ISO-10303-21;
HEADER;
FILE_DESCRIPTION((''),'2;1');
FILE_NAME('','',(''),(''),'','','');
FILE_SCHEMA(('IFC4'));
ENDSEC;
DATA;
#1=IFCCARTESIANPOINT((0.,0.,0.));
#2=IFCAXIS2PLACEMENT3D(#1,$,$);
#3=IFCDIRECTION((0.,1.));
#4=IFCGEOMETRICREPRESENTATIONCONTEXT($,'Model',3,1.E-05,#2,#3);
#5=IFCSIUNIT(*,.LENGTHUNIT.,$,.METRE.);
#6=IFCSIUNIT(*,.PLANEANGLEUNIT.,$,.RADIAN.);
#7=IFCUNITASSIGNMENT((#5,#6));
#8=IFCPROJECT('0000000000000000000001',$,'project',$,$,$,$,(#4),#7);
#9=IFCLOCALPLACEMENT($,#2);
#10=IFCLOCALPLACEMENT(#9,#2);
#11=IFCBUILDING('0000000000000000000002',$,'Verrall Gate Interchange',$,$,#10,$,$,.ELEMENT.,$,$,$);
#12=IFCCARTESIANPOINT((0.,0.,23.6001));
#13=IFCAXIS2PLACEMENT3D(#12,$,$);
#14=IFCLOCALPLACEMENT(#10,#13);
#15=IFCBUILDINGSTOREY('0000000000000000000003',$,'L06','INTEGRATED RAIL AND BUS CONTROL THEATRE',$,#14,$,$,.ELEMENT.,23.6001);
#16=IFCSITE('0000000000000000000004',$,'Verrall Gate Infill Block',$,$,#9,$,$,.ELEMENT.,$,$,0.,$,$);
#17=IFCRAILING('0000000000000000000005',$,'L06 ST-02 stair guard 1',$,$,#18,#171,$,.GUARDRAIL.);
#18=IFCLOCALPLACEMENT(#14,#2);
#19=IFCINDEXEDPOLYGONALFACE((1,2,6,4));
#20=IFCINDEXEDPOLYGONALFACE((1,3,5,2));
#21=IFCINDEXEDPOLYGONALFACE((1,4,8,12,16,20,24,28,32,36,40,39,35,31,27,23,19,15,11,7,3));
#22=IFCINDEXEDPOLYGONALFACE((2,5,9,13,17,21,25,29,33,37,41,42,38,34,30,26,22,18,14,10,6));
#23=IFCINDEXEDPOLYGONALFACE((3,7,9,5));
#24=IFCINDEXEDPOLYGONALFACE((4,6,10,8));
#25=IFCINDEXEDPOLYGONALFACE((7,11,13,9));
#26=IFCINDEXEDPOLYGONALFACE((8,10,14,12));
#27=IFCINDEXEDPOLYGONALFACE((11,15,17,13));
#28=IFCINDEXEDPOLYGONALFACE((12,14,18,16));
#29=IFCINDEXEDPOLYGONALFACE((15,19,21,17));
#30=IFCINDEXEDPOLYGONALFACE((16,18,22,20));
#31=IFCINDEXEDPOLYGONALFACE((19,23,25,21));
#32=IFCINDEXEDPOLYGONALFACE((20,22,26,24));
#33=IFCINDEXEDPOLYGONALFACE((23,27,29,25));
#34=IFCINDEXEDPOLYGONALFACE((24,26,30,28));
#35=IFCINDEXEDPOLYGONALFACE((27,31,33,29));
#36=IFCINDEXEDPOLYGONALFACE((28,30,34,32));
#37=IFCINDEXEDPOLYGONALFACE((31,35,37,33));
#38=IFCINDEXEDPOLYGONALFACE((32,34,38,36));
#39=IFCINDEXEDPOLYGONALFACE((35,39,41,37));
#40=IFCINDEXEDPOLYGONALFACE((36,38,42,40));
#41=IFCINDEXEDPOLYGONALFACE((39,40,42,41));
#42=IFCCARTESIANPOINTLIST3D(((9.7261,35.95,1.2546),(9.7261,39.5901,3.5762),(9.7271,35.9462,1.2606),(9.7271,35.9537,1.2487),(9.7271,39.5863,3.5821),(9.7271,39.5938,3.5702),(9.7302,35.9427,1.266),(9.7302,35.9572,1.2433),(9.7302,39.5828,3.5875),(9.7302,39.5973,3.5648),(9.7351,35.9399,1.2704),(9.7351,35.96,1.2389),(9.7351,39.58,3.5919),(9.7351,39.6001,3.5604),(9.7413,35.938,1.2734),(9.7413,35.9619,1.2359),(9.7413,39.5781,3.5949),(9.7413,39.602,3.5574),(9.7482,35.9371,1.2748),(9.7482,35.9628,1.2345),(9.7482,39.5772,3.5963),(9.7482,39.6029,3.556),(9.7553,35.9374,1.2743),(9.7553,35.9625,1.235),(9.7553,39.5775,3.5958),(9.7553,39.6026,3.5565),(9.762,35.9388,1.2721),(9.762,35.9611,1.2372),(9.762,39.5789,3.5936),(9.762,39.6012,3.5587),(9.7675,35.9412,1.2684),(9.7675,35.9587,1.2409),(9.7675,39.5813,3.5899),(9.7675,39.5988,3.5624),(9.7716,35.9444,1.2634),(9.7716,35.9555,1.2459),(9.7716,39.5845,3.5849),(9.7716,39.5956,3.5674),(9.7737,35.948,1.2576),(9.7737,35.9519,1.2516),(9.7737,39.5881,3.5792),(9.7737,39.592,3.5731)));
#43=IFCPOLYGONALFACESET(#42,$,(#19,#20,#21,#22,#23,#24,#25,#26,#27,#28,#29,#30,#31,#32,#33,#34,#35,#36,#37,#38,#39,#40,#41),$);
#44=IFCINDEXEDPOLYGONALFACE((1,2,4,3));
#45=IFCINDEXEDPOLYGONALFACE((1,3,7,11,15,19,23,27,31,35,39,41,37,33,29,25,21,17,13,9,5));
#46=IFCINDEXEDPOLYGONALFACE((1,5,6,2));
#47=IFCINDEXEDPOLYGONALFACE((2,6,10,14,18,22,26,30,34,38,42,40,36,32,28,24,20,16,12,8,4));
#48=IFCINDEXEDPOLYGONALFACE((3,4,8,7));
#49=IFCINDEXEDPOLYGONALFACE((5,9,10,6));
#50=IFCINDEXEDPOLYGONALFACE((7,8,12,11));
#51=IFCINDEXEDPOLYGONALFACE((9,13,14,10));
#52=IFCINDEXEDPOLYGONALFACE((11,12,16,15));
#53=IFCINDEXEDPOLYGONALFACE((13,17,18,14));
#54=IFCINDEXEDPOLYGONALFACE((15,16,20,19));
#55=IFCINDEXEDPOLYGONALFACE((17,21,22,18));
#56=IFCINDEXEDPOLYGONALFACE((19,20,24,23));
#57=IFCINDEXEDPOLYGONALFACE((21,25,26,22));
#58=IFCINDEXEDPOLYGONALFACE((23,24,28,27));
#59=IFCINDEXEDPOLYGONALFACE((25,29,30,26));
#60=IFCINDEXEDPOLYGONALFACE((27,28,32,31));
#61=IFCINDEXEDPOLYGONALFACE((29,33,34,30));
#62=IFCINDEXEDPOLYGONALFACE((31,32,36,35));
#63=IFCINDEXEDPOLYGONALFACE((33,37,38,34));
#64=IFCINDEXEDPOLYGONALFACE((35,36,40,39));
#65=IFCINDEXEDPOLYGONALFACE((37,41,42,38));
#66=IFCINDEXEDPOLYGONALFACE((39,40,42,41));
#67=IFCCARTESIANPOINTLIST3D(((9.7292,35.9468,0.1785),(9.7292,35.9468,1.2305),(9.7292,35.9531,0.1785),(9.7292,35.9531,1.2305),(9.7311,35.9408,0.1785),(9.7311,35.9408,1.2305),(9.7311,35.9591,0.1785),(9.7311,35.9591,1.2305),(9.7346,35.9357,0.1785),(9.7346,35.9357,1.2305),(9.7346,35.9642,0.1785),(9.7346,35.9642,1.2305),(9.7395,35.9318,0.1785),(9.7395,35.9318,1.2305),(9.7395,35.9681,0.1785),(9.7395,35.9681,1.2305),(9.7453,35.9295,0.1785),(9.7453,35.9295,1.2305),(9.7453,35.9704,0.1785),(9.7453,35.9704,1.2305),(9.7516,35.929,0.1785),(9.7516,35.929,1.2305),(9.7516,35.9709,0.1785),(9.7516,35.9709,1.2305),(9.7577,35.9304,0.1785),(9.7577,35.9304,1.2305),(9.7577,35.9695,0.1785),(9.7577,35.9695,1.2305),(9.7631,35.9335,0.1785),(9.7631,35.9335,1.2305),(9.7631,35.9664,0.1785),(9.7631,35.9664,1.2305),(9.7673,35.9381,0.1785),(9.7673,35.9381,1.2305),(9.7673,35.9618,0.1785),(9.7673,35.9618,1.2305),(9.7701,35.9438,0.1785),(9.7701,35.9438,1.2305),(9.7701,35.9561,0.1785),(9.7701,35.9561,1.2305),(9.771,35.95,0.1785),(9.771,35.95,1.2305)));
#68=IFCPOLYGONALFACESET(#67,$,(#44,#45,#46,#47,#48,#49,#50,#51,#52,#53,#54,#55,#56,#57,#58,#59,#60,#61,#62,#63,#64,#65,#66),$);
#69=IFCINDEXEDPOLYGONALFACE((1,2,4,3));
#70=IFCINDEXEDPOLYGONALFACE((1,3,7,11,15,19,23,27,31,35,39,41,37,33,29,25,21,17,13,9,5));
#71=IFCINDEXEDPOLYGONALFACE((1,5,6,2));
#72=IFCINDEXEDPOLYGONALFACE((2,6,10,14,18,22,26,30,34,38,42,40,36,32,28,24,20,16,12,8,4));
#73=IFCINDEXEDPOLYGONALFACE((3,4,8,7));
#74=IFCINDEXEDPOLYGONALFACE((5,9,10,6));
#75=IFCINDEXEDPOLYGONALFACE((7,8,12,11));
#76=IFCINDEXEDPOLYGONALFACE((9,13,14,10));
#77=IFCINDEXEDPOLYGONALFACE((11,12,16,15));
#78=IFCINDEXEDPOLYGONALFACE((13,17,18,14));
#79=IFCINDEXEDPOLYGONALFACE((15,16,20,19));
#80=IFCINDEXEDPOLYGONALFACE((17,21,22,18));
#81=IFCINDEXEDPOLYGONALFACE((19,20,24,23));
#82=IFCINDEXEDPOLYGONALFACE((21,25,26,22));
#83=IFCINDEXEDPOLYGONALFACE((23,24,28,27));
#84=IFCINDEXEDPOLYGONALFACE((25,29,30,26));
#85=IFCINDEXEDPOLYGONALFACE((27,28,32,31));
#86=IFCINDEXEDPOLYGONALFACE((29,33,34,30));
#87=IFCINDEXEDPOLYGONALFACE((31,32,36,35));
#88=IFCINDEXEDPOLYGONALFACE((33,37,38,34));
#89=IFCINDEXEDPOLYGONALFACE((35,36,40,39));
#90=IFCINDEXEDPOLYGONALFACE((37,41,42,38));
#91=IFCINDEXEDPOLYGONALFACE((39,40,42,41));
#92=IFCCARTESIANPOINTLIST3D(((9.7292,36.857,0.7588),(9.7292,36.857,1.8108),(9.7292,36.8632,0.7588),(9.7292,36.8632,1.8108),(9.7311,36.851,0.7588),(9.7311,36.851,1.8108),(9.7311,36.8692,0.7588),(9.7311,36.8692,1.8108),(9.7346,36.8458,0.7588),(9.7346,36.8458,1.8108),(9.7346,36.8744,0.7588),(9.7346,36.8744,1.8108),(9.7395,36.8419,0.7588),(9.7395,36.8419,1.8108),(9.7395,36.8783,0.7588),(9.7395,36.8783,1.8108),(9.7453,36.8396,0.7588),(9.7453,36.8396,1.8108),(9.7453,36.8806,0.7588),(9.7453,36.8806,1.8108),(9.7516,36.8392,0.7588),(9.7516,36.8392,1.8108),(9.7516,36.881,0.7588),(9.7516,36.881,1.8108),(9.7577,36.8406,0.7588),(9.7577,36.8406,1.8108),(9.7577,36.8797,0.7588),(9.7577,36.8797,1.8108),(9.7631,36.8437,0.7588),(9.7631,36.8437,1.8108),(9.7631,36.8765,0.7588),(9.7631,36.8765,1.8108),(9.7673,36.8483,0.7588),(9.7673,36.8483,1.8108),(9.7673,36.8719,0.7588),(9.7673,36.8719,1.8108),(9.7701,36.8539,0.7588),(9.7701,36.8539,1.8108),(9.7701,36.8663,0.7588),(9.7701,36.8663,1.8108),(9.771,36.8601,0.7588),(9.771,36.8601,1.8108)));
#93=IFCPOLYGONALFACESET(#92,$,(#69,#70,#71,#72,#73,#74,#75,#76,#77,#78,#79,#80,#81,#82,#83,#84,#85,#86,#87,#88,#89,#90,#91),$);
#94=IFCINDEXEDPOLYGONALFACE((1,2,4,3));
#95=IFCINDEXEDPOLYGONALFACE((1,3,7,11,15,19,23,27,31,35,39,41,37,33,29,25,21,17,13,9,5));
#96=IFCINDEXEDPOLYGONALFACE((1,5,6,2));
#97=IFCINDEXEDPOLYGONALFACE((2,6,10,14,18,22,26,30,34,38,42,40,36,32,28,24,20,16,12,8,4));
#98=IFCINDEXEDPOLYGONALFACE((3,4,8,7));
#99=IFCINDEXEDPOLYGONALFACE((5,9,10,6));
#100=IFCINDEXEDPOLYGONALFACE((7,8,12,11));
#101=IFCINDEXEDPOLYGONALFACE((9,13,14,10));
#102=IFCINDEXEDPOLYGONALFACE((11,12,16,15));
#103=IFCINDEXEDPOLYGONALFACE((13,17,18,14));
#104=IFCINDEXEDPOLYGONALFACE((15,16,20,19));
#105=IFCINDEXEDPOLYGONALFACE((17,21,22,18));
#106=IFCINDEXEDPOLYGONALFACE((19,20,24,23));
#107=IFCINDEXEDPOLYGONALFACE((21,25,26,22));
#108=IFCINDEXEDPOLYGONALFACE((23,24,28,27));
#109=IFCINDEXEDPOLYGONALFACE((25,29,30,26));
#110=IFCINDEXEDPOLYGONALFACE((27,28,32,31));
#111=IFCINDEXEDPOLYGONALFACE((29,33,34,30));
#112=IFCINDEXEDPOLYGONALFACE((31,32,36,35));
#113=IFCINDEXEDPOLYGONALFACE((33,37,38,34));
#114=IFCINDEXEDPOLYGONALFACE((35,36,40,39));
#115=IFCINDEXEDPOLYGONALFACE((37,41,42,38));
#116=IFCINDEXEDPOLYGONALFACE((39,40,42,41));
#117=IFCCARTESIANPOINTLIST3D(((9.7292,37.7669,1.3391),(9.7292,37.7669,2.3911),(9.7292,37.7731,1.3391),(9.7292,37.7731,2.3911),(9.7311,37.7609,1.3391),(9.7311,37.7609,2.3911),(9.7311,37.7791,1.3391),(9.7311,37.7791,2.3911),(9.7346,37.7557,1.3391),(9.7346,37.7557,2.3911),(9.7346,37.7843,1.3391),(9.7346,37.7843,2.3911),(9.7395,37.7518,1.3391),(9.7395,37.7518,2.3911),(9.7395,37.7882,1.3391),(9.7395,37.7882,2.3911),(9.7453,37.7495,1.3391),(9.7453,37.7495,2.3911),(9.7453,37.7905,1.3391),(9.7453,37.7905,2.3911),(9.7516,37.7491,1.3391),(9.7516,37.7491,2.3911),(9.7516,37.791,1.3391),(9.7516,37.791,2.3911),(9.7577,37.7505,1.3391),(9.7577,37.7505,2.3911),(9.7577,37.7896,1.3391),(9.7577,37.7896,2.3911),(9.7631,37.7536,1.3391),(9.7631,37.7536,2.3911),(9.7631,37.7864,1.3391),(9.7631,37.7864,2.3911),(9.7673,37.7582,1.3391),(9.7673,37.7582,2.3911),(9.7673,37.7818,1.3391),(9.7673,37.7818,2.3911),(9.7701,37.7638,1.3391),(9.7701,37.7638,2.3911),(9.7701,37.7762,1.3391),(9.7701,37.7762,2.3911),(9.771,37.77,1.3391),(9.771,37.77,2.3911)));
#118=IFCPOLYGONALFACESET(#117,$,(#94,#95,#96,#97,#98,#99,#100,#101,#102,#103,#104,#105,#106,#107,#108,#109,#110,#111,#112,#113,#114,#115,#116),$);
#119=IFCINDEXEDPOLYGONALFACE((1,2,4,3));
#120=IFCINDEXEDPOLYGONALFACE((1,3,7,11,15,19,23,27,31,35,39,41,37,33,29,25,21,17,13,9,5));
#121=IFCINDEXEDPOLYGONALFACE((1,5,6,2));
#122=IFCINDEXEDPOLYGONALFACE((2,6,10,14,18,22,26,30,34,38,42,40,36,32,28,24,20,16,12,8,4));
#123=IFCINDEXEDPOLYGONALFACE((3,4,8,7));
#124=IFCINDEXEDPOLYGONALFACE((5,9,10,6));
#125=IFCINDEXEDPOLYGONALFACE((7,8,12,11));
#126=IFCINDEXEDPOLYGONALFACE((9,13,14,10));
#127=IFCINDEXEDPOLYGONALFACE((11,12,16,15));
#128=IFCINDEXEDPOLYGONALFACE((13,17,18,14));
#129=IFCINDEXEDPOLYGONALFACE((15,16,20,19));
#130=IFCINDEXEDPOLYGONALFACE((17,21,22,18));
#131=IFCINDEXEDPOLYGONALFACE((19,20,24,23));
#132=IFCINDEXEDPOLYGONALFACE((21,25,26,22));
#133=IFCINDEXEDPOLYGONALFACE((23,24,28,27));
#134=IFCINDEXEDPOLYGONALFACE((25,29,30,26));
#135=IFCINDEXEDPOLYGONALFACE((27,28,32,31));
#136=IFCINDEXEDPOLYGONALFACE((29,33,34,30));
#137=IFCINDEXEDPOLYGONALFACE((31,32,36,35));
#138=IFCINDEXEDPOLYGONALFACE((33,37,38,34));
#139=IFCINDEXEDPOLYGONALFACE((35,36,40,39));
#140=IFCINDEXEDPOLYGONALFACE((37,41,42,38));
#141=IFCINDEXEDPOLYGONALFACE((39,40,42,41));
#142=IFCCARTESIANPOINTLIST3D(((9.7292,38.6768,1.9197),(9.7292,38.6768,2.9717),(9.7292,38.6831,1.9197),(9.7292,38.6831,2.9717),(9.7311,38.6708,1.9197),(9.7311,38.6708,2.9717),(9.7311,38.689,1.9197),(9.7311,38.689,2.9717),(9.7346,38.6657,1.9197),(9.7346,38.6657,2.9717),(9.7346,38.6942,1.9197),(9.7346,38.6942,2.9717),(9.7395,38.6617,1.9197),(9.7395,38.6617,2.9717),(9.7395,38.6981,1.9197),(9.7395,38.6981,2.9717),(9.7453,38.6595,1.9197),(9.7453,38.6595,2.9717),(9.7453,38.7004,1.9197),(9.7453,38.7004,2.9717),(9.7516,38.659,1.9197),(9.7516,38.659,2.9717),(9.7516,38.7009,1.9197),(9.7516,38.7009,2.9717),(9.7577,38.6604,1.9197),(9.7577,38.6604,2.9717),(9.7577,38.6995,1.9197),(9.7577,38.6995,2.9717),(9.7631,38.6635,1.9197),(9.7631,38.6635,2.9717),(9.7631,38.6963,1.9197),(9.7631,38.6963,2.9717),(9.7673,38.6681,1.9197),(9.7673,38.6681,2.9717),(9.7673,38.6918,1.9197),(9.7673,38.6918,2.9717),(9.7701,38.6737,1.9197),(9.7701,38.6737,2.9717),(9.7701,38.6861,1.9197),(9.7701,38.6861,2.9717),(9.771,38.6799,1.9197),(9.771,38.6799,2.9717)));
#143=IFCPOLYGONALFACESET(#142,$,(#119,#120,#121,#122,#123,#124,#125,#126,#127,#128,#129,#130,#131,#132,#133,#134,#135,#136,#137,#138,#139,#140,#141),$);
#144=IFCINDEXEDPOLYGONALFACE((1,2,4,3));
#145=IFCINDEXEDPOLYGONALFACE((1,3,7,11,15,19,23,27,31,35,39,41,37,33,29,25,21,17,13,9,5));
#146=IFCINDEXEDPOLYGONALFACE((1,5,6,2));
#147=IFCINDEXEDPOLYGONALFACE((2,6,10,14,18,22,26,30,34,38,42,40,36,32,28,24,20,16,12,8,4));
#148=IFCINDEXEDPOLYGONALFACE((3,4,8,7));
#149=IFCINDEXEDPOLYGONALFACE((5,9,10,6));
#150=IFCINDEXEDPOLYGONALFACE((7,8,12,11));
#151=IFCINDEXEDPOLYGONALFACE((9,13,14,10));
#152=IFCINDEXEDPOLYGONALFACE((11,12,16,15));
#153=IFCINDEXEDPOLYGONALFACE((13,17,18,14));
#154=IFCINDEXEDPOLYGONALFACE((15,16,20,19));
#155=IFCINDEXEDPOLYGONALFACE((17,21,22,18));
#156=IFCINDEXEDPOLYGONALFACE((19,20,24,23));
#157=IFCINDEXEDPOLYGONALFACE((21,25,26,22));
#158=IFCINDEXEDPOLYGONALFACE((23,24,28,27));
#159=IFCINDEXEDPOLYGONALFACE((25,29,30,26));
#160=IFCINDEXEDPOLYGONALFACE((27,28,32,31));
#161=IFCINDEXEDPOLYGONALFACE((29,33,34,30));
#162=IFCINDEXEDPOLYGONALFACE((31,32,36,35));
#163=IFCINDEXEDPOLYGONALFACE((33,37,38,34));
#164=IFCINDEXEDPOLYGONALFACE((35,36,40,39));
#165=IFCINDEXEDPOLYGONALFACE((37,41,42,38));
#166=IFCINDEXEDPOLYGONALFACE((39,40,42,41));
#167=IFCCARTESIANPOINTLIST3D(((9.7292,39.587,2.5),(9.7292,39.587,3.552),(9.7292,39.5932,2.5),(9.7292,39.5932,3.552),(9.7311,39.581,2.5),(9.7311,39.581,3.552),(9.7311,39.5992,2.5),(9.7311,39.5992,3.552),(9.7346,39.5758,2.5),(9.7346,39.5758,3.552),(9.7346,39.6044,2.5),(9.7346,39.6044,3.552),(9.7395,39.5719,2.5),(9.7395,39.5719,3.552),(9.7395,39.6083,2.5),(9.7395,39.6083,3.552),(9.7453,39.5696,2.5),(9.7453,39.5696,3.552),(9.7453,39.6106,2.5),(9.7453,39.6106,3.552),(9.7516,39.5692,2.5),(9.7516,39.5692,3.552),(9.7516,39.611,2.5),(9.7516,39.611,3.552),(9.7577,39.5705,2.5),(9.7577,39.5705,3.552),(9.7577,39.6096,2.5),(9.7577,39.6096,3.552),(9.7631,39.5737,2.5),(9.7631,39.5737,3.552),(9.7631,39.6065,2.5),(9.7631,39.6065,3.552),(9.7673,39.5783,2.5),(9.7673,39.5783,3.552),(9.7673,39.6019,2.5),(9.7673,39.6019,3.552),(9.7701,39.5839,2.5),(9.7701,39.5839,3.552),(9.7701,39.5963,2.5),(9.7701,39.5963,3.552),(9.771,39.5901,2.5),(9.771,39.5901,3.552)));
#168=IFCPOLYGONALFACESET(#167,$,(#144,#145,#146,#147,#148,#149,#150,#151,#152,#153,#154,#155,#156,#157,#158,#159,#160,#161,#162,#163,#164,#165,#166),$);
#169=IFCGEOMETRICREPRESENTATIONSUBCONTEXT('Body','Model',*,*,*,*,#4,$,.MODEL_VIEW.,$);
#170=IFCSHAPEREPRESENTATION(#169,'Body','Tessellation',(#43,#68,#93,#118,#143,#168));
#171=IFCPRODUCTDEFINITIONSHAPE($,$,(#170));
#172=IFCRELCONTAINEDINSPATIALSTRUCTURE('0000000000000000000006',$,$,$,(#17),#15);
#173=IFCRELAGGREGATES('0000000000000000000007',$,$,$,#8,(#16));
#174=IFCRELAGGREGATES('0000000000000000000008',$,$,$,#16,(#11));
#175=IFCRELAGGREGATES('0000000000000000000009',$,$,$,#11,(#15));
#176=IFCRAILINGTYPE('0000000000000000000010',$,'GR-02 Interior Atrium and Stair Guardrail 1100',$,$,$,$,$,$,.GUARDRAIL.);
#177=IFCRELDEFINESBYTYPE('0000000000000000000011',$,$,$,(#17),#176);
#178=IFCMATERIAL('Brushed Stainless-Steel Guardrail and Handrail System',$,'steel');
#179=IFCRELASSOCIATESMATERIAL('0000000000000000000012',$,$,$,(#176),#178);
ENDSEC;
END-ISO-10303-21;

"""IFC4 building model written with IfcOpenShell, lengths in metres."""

from ifc_helpers import new_model, si_unit, direction, frame, origin, origin_2d, place, context, subcontext, project, spatial, circle, extrude, material, type_object, element, save


model = new_model("IFC4")

# Units and contexts
model_context = context("Model", 3, precision=1e-05, world=origin(), true_north=direction((0.0, 1.0)))
body_context = subcontext(model_context, "Body", "Model", "MODEL_VIEW")
ifc_project = project(units=[si_unit("LENGTHUNIT", "METRE"), si_unit("PLANEANGLEUNIT", "RADIAN")], contexts=[model_context])

# Site, building, storey
site_placement = place(None, origin())
site = spatial("IfcSite", under=ifc_project, at=site_placement, Name="Verrall Gate Infill Block", CompositionType="ELEMENT", RefElevation=0.0)
building_placement = place(site_placement, origin())
building = spatial("IfcBuilding", under=site, at=building_placement, Name="Verrall Gate Interchange", CompositionType="ELEMENT")
storey_placement = place(building_placement, frame((0.0, 0.0, 23.6001)))
storey = spatial("IfcBuildingStorey", under=building, at=storey_placement, Name="L06", Description="INTEGRATED RAIL AND BUS CONTROL THEATRE", CompositionType="ELEMENT", Elevation=23.6001)

# Railing
ifc_material_1 = material(Name="Brushed Stainless-Steel Guardrail and Handrail System", Category="steel")
railing_type_1 = type_object("IfcRailingType", Name="GR-02 Interior Atrium and Stair Guardrail 1100", PredefinedType="GUARDRAIL", material=ifc_material_1)
railing_1_placement = place(storey_placement, frame((9.75, 35.95, 0.1785)))
element("IfcRailing", 1, at=railing_1_placement, inside=storey, type_object=railing_type_1, Name="L06 ST-02 stair guard 1", PredefinedType="GUARDRAIL", context=body_context, shape_type="SweptSolid", body=[
    extrude(circle(Radius=0.0239, at=origin_2d()), frame((0.0, 0.0, 1.0762), z_axis=(0.0, 0.843128, 0.537713), x_axis=(-1.0, 0.0, 0.0)), (0.0, 0.0, 1.0), 4.3174),
    extrude(circle(Radius=0.021, at=origin_2d()), origin(), (0.0, 0.0, 1.0), 1.052),
    extrude(circle(Radius=0.021, at=origin_2d()), frame((0.0, 0.9102, 0.5803)), (0.0, 0.0, 1.0), 1.052),
    extrude(circle(Radius=0.021, at=origin_2d()), frame((0.0, 1.8201, 1.1606)), (0.0, 0.0, 1.0), 1.052),
    extrude(circle(Radius=0.021, at=origin_2d()), frame((0.0, 2.73, 1.7412)), (0.0, 0.0, 1.0), 1.052),
    extrude(circle(Radius=0.021, at=origin_2d()), frame((0.0, 3.6401, 2.3215)), (0.0, 0.0, 1.0), 1.052),
])

save(model, "model.ifc")
